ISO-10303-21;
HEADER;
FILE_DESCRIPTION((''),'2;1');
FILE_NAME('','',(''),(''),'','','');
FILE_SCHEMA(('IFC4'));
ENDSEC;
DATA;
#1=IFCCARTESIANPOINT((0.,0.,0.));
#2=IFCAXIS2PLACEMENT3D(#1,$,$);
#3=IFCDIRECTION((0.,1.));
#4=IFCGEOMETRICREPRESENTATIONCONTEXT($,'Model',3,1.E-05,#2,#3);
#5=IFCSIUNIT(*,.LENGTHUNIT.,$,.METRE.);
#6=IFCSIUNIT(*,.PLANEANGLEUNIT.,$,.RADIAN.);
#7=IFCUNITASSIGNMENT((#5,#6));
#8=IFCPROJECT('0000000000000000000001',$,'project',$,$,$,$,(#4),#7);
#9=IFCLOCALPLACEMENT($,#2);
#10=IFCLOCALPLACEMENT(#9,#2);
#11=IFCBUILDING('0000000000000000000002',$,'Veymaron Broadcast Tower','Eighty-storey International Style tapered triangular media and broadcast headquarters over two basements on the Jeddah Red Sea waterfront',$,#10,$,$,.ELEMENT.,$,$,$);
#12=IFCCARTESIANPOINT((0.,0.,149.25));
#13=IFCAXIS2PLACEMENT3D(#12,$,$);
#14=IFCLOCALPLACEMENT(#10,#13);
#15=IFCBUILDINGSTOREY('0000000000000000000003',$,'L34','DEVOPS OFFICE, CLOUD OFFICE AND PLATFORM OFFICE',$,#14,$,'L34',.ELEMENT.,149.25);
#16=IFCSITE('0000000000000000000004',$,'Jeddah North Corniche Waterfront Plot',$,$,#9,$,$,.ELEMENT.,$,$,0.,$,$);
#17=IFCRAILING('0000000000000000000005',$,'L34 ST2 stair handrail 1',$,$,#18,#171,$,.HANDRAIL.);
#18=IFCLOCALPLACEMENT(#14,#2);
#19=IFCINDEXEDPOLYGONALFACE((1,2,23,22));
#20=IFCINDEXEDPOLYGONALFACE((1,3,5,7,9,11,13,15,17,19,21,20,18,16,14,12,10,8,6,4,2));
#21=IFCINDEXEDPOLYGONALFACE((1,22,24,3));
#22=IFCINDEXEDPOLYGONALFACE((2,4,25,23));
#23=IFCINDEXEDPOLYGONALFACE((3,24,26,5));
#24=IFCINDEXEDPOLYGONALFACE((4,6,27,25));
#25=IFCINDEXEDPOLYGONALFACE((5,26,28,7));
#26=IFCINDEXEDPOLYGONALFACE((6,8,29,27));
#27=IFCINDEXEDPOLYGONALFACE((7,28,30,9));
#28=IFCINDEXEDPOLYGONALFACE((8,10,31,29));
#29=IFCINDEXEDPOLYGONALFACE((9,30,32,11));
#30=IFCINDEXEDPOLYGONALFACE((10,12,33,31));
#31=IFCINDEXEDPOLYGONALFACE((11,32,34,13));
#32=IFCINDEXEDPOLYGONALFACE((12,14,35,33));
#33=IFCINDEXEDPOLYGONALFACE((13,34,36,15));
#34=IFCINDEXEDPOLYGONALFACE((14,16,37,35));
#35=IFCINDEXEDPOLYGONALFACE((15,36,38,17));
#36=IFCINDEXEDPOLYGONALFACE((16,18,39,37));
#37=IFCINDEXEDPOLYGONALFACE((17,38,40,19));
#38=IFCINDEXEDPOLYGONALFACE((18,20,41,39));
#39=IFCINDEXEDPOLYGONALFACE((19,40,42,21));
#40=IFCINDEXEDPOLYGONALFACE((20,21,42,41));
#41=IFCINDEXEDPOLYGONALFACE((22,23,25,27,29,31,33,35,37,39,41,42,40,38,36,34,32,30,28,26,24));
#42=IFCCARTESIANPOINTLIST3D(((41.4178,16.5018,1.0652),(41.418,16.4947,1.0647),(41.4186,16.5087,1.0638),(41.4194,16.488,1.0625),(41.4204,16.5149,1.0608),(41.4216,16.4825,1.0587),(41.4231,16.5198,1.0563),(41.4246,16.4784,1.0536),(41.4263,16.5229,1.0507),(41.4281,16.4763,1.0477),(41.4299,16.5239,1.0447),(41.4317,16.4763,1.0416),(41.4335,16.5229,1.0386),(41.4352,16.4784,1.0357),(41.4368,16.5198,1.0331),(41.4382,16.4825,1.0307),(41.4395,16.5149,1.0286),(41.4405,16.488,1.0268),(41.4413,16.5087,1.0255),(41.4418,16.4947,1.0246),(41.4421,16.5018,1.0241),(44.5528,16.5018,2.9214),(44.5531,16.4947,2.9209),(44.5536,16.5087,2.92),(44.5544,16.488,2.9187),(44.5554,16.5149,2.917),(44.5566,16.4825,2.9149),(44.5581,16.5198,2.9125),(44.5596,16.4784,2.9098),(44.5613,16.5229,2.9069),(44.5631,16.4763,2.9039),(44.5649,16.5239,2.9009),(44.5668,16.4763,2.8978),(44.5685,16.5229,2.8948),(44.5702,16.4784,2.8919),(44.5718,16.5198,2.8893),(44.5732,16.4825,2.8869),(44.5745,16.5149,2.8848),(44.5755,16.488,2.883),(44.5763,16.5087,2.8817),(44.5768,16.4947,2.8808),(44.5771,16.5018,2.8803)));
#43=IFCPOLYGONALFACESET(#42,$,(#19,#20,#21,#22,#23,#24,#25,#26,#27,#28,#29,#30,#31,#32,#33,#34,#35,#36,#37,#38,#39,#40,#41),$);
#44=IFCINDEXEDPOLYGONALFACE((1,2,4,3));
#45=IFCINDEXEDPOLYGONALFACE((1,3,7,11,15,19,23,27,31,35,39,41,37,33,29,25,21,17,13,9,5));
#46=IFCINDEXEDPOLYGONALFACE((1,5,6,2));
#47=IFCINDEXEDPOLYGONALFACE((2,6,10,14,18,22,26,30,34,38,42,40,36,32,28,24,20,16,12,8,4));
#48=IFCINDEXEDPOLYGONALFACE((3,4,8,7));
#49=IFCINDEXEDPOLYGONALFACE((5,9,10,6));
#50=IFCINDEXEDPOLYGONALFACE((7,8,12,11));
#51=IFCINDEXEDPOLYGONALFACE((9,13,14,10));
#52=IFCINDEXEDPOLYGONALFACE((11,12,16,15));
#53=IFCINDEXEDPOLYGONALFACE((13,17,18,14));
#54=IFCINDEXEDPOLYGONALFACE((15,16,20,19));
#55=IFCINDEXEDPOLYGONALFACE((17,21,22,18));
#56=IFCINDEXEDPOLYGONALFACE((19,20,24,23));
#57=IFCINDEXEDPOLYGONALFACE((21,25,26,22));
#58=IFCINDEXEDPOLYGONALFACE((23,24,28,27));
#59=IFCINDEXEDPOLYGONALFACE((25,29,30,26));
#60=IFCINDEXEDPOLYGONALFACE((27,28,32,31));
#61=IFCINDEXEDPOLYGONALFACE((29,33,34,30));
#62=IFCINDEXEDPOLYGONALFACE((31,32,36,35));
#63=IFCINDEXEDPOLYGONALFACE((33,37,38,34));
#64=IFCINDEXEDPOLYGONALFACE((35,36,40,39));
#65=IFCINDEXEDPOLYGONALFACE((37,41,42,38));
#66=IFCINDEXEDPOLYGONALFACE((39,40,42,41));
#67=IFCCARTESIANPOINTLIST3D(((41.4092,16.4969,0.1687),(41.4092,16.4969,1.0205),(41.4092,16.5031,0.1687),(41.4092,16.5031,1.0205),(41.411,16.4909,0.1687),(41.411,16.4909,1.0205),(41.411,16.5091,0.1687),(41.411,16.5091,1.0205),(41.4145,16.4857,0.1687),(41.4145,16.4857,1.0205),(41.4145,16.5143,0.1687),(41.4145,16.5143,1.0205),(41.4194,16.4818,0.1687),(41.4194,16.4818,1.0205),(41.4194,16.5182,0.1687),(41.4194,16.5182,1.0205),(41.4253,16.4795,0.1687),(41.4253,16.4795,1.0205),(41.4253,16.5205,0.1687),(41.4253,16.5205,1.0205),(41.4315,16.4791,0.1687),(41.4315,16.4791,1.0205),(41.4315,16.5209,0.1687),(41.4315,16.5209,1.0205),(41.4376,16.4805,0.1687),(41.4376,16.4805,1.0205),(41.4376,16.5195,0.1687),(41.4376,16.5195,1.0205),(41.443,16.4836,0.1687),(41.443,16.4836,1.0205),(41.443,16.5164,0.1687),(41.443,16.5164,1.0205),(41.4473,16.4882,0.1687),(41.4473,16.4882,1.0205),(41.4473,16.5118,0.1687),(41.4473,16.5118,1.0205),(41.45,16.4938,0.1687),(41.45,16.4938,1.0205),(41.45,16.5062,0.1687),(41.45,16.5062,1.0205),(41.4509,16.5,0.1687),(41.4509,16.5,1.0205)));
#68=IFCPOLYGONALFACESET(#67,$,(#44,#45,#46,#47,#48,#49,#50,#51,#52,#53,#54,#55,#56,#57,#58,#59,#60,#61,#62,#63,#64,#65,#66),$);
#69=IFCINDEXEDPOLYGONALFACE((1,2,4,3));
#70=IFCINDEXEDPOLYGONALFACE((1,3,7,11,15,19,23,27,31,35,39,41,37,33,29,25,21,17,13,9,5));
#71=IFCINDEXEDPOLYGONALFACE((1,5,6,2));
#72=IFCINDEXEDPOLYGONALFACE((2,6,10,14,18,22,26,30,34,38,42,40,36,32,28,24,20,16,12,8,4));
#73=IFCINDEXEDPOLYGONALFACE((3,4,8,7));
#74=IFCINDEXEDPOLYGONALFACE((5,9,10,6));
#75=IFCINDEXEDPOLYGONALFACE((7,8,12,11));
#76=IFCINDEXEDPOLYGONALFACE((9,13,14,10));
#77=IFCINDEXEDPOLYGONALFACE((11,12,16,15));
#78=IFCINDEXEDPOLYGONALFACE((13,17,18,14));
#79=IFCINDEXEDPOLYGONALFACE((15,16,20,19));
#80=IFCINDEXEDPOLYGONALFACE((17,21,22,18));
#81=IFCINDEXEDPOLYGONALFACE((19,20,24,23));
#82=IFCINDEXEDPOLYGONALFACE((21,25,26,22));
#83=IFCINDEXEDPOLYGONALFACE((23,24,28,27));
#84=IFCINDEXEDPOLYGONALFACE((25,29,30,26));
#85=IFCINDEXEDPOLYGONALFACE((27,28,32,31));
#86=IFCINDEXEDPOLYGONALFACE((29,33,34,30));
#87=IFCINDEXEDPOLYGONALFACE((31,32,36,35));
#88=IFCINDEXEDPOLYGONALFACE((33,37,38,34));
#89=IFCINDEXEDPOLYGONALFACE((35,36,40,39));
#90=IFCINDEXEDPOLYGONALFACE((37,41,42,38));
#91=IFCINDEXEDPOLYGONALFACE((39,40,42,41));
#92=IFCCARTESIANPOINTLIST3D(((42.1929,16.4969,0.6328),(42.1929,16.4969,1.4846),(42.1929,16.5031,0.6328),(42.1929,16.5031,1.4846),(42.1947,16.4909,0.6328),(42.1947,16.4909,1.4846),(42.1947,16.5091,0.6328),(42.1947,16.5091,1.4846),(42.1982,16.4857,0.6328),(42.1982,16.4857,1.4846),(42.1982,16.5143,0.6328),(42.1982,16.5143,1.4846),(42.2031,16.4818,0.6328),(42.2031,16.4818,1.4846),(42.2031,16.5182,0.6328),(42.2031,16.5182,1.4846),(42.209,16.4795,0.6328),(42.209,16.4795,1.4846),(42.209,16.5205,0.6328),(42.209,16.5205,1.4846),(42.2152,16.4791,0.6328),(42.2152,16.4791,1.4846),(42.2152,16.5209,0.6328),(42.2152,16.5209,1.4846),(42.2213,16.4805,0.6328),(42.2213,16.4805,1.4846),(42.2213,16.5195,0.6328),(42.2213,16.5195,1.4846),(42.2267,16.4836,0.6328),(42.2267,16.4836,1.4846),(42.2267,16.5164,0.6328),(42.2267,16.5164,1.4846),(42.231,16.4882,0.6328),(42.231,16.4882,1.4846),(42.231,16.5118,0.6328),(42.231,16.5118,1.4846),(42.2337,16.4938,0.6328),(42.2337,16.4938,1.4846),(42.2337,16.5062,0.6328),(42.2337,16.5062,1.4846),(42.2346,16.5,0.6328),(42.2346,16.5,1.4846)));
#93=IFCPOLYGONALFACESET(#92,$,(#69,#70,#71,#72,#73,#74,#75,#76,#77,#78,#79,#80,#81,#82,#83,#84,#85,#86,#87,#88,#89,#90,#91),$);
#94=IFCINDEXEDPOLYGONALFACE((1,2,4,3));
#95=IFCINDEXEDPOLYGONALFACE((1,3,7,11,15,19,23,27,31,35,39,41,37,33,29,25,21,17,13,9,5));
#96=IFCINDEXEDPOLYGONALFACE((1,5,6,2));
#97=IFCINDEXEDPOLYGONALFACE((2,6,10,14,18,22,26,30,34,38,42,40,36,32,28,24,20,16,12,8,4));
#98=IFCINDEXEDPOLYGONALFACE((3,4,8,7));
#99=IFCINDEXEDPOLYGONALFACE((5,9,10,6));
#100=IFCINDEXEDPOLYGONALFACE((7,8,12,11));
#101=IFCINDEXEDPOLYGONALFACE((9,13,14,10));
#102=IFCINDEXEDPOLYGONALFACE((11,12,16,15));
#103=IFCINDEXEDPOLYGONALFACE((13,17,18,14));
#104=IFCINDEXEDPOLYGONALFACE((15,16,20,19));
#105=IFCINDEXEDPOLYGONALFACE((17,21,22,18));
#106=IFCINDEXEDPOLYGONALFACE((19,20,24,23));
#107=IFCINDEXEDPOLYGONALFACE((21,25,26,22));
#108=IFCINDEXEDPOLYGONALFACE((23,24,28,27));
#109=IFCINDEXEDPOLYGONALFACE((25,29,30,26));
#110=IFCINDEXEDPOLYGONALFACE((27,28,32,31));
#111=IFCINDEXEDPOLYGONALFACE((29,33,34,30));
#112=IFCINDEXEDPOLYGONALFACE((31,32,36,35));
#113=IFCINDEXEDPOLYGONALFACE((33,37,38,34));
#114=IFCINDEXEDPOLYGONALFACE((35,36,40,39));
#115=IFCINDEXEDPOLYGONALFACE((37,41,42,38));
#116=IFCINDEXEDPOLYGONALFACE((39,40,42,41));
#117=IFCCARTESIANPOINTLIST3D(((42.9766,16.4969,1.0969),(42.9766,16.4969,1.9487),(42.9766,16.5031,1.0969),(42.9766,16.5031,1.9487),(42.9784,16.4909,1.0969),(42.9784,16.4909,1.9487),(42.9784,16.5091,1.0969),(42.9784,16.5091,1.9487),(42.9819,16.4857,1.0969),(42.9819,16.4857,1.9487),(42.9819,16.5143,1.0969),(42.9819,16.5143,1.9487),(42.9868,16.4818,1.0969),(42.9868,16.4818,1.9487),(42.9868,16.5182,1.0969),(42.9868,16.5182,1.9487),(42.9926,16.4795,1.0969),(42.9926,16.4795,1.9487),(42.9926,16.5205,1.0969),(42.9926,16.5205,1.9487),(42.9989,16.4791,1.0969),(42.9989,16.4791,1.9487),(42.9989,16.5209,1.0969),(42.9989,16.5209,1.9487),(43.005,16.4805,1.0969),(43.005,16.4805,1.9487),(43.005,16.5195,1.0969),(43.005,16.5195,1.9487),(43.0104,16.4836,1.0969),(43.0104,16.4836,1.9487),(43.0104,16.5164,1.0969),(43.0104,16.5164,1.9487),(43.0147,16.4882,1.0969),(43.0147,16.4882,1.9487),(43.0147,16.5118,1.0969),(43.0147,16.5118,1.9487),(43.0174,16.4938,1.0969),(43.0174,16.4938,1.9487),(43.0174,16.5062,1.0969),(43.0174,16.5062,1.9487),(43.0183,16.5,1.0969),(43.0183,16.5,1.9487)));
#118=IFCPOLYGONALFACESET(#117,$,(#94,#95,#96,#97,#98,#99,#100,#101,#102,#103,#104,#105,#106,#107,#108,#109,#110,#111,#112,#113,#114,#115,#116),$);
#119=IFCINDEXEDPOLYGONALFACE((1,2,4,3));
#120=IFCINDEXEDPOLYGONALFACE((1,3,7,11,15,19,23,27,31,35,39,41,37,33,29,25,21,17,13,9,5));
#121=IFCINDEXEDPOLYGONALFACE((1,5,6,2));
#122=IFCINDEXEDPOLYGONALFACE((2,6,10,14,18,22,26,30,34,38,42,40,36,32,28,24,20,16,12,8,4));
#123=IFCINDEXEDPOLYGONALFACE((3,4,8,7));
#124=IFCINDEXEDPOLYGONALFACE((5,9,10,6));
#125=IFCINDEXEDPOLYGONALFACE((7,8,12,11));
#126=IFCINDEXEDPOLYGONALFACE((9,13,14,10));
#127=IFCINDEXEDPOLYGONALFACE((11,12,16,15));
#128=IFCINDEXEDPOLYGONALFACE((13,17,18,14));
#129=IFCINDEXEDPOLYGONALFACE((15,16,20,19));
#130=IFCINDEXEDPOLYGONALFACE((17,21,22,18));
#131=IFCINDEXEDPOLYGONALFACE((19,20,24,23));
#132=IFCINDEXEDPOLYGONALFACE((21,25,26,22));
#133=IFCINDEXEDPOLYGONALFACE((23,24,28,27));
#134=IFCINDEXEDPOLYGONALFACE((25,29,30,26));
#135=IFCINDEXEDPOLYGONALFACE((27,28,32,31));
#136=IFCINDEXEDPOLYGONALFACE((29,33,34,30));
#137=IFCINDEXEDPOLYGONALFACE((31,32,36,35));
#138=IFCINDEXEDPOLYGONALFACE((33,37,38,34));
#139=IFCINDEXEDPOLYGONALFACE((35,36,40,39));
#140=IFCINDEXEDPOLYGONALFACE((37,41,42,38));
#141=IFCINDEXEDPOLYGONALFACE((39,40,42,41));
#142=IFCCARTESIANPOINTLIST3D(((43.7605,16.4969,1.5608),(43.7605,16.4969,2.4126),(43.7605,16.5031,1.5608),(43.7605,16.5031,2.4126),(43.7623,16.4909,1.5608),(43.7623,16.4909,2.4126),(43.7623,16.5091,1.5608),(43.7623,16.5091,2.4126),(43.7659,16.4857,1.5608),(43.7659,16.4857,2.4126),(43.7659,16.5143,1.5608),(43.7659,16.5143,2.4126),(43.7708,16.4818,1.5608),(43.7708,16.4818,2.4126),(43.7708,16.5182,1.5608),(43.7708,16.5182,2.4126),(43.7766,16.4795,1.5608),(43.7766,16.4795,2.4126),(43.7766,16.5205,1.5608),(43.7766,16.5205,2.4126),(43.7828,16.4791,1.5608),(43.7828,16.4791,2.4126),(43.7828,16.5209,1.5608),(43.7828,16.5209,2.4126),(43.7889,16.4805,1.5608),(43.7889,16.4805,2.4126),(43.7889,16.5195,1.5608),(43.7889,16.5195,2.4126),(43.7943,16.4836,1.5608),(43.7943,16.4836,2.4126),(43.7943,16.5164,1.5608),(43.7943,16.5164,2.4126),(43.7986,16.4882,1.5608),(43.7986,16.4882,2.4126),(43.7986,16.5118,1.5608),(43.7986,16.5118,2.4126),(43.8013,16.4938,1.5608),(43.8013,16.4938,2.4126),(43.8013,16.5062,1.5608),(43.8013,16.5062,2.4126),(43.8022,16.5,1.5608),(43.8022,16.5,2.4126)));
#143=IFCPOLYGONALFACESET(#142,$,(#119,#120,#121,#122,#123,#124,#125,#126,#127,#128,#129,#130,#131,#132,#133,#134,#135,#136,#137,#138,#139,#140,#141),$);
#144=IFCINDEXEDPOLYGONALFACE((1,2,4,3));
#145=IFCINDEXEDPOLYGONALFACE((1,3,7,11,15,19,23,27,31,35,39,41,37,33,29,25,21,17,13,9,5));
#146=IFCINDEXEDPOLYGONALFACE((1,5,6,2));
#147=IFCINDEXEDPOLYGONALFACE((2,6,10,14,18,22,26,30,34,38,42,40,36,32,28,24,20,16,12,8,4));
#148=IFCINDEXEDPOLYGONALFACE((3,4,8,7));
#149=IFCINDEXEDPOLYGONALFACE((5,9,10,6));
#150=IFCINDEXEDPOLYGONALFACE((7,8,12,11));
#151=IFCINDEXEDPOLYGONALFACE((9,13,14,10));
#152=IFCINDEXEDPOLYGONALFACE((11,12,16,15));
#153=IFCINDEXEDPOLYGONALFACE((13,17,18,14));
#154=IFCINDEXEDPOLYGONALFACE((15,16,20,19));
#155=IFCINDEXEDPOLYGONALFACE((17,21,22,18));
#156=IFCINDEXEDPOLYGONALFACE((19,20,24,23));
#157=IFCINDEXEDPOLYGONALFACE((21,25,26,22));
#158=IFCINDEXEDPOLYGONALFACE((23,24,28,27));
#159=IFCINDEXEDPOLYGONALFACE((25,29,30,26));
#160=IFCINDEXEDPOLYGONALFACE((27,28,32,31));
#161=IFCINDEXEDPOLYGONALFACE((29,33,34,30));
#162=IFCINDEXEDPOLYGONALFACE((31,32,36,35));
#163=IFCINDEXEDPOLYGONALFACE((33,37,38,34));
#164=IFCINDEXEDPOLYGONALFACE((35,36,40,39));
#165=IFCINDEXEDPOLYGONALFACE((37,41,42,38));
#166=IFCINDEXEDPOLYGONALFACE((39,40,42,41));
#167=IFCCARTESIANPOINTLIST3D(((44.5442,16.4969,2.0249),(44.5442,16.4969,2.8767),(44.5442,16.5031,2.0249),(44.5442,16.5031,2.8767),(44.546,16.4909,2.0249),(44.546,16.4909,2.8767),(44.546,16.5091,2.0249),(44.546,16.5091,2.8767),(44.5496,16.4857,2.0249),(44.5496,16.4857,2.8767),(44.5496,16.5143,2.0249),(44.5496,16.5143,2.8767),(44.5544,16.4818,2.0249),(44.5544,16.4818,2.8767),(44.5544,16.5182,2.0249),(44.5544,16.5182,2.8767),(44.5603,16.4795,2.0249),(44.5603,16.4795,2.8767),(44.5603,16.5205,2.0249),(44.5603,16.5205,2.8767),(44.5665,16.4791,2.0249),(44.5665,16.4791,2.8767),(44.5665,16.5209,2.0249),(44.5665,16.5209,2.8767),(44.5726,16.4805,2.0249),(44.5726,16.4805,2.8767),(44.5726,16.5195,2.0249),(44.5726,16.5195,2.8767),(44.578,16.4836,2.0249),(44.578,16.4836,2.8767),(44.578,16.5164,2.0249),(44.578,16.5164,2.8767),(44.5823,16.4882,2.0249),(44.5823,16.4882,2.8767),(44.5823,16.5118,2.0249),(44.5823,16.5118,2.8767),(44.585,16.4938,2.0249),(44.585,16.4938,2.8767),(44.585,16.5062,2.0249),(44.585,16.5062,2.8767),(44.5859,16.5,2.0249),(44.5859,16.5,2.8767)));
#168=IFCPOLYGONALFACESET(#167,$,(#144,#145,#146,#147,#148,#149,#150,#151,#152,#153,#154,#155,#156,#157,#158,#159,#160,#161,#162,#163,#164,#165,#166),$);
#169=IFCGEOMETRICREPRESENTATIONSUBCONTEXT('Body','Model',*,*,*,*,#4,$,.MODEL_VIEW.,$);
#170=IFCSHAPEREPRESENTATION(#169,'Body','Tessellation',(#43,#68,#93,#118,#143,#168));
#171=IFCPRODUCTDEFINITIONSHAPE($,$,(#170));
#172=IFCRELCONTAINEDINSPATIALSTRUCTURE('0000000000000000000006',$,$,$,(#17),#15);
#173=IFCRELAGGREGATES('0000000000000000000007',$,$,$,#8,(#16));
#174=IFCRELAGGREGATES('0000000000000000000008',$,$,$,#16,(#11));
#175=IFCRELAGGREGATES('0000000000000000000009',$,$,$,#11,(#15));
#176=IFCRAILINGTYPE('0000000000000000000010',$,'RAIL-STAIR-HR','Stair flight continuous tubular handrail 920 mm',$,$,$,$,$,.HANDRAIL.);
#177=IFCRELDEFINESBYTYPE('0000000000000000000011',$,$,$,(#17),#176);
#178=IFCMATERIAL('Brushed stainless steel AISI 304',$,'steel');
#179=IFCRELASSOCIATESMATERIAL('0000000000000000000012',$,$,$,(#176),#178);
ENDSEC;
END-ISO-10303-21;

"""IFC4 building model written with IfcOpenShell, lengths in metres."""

from ifc_helpers import new_model, si_unit, direction, frame, origin, origin_2d, place, context, subcontext, project, spatial, circle, extrude, material, type_object, element, save


model = new_model("IFC4")

# Units and contexts
model_context = context("Model", 3, precision=1e-05, world=origin(), true_north=direction((0.0, 1.0)))
body_context = subcontext(model_context, "Body", "Model", "MODEL_VIEW")
ifc_project = project(units=[si_unit("LENGTHUNIT", "METRE"), si_unit("PLANEANGLEUNIT", "RADIAN")], contexts=[model_context])

# Site, building, storey
site_placement = place(None, origin())
site = spatial("IfcSite", under=ifc_project, at=site_placement, Name="Jeddah North Corniche Waterfront Plot", CompositionType="ELEMENT", RefElevation=0.0)
building_placement = place(site_placement, origin())
building = spatial("IfcBuilding", under=site, at=building_placement, Name="Veymaron Broadcast Tower", Description="Eighty-storey International Style tapered triangular media and broadcast headquarters over two basements on the Jeddah Red Sea waterfront", CompositionType="ELEMENT")
storey_placement = place(building_placement, frame((0.0, 0.0, 149.25)))
storey = spatial("IfcBuildingStorey", under=building, at=storey_placement, Name="L34", Description="DEVOPS OFFICE, CLOUD OFFICE AND PLATFORM OFFICE", LongName="L34", CompositionType="ELEMENT", Elevation=149.25)

# Railing
ifc_material_1 = material(Name="Brushed stainless steel AISI 304", Category="steel")
railing_type_1 = type_object("IfcRailingType", Name="RAIL-STAIR-HR", Description="Stair flight continuous tubular handrail 920 mm", PredefinedType="HANDRAIL", material=ifc_material_1)
railing_1_placement = place(storey_placement, frame((41.4299, 16.5, 0.1687)))
element("IfcRailing", 1, at=railing_1_placement, inside=storey, type_object=railing_type_1, Name="L34 ST2 stair handrail 1", PredefinedType="HANDRAIL", context=body_context, shape_type="SweptSolid", body=[
    extrude(circle(Radius=0.0239, at=origin_2d()), frame((0.0, 0.0, 0.876), z_axis=(0.860482, 0.0, 0.509481), x_axis=(0.0, 1.0, 0.0)), (0.0, 0.0, 1.0), 3.6433),
    extrude(circle(Radius=0.021, at=origin_2d()), origin(), (0.0, 0.0, 1.0), 0.8518),
    extrude(circle(Radius=0.021, at=origin_2d()), frame((0.7837, 0.0, 0.4641)), (0.0, 0.0, 1.0), 0.8518),
    extrude(circle(Radius=0.021, at=origin_2d()), frame((1.5674, 0.0, 0.9282)), (0.0, 0.0, 1.0), 0.8518),
    extrude(circle(Radius=0.021, at=origin_2d()), frame((2.3513, 0.0, 1.3921)), (0.0, 0.0, 1.0), 0.8518),
    extrude(circle(Radius=0.021, at=origin_2d()), frame((3.135, 0.0, 1.8562)), (0.0, 0.0, 1.0), 0.8518),
])

save(model, "model.ifc")
